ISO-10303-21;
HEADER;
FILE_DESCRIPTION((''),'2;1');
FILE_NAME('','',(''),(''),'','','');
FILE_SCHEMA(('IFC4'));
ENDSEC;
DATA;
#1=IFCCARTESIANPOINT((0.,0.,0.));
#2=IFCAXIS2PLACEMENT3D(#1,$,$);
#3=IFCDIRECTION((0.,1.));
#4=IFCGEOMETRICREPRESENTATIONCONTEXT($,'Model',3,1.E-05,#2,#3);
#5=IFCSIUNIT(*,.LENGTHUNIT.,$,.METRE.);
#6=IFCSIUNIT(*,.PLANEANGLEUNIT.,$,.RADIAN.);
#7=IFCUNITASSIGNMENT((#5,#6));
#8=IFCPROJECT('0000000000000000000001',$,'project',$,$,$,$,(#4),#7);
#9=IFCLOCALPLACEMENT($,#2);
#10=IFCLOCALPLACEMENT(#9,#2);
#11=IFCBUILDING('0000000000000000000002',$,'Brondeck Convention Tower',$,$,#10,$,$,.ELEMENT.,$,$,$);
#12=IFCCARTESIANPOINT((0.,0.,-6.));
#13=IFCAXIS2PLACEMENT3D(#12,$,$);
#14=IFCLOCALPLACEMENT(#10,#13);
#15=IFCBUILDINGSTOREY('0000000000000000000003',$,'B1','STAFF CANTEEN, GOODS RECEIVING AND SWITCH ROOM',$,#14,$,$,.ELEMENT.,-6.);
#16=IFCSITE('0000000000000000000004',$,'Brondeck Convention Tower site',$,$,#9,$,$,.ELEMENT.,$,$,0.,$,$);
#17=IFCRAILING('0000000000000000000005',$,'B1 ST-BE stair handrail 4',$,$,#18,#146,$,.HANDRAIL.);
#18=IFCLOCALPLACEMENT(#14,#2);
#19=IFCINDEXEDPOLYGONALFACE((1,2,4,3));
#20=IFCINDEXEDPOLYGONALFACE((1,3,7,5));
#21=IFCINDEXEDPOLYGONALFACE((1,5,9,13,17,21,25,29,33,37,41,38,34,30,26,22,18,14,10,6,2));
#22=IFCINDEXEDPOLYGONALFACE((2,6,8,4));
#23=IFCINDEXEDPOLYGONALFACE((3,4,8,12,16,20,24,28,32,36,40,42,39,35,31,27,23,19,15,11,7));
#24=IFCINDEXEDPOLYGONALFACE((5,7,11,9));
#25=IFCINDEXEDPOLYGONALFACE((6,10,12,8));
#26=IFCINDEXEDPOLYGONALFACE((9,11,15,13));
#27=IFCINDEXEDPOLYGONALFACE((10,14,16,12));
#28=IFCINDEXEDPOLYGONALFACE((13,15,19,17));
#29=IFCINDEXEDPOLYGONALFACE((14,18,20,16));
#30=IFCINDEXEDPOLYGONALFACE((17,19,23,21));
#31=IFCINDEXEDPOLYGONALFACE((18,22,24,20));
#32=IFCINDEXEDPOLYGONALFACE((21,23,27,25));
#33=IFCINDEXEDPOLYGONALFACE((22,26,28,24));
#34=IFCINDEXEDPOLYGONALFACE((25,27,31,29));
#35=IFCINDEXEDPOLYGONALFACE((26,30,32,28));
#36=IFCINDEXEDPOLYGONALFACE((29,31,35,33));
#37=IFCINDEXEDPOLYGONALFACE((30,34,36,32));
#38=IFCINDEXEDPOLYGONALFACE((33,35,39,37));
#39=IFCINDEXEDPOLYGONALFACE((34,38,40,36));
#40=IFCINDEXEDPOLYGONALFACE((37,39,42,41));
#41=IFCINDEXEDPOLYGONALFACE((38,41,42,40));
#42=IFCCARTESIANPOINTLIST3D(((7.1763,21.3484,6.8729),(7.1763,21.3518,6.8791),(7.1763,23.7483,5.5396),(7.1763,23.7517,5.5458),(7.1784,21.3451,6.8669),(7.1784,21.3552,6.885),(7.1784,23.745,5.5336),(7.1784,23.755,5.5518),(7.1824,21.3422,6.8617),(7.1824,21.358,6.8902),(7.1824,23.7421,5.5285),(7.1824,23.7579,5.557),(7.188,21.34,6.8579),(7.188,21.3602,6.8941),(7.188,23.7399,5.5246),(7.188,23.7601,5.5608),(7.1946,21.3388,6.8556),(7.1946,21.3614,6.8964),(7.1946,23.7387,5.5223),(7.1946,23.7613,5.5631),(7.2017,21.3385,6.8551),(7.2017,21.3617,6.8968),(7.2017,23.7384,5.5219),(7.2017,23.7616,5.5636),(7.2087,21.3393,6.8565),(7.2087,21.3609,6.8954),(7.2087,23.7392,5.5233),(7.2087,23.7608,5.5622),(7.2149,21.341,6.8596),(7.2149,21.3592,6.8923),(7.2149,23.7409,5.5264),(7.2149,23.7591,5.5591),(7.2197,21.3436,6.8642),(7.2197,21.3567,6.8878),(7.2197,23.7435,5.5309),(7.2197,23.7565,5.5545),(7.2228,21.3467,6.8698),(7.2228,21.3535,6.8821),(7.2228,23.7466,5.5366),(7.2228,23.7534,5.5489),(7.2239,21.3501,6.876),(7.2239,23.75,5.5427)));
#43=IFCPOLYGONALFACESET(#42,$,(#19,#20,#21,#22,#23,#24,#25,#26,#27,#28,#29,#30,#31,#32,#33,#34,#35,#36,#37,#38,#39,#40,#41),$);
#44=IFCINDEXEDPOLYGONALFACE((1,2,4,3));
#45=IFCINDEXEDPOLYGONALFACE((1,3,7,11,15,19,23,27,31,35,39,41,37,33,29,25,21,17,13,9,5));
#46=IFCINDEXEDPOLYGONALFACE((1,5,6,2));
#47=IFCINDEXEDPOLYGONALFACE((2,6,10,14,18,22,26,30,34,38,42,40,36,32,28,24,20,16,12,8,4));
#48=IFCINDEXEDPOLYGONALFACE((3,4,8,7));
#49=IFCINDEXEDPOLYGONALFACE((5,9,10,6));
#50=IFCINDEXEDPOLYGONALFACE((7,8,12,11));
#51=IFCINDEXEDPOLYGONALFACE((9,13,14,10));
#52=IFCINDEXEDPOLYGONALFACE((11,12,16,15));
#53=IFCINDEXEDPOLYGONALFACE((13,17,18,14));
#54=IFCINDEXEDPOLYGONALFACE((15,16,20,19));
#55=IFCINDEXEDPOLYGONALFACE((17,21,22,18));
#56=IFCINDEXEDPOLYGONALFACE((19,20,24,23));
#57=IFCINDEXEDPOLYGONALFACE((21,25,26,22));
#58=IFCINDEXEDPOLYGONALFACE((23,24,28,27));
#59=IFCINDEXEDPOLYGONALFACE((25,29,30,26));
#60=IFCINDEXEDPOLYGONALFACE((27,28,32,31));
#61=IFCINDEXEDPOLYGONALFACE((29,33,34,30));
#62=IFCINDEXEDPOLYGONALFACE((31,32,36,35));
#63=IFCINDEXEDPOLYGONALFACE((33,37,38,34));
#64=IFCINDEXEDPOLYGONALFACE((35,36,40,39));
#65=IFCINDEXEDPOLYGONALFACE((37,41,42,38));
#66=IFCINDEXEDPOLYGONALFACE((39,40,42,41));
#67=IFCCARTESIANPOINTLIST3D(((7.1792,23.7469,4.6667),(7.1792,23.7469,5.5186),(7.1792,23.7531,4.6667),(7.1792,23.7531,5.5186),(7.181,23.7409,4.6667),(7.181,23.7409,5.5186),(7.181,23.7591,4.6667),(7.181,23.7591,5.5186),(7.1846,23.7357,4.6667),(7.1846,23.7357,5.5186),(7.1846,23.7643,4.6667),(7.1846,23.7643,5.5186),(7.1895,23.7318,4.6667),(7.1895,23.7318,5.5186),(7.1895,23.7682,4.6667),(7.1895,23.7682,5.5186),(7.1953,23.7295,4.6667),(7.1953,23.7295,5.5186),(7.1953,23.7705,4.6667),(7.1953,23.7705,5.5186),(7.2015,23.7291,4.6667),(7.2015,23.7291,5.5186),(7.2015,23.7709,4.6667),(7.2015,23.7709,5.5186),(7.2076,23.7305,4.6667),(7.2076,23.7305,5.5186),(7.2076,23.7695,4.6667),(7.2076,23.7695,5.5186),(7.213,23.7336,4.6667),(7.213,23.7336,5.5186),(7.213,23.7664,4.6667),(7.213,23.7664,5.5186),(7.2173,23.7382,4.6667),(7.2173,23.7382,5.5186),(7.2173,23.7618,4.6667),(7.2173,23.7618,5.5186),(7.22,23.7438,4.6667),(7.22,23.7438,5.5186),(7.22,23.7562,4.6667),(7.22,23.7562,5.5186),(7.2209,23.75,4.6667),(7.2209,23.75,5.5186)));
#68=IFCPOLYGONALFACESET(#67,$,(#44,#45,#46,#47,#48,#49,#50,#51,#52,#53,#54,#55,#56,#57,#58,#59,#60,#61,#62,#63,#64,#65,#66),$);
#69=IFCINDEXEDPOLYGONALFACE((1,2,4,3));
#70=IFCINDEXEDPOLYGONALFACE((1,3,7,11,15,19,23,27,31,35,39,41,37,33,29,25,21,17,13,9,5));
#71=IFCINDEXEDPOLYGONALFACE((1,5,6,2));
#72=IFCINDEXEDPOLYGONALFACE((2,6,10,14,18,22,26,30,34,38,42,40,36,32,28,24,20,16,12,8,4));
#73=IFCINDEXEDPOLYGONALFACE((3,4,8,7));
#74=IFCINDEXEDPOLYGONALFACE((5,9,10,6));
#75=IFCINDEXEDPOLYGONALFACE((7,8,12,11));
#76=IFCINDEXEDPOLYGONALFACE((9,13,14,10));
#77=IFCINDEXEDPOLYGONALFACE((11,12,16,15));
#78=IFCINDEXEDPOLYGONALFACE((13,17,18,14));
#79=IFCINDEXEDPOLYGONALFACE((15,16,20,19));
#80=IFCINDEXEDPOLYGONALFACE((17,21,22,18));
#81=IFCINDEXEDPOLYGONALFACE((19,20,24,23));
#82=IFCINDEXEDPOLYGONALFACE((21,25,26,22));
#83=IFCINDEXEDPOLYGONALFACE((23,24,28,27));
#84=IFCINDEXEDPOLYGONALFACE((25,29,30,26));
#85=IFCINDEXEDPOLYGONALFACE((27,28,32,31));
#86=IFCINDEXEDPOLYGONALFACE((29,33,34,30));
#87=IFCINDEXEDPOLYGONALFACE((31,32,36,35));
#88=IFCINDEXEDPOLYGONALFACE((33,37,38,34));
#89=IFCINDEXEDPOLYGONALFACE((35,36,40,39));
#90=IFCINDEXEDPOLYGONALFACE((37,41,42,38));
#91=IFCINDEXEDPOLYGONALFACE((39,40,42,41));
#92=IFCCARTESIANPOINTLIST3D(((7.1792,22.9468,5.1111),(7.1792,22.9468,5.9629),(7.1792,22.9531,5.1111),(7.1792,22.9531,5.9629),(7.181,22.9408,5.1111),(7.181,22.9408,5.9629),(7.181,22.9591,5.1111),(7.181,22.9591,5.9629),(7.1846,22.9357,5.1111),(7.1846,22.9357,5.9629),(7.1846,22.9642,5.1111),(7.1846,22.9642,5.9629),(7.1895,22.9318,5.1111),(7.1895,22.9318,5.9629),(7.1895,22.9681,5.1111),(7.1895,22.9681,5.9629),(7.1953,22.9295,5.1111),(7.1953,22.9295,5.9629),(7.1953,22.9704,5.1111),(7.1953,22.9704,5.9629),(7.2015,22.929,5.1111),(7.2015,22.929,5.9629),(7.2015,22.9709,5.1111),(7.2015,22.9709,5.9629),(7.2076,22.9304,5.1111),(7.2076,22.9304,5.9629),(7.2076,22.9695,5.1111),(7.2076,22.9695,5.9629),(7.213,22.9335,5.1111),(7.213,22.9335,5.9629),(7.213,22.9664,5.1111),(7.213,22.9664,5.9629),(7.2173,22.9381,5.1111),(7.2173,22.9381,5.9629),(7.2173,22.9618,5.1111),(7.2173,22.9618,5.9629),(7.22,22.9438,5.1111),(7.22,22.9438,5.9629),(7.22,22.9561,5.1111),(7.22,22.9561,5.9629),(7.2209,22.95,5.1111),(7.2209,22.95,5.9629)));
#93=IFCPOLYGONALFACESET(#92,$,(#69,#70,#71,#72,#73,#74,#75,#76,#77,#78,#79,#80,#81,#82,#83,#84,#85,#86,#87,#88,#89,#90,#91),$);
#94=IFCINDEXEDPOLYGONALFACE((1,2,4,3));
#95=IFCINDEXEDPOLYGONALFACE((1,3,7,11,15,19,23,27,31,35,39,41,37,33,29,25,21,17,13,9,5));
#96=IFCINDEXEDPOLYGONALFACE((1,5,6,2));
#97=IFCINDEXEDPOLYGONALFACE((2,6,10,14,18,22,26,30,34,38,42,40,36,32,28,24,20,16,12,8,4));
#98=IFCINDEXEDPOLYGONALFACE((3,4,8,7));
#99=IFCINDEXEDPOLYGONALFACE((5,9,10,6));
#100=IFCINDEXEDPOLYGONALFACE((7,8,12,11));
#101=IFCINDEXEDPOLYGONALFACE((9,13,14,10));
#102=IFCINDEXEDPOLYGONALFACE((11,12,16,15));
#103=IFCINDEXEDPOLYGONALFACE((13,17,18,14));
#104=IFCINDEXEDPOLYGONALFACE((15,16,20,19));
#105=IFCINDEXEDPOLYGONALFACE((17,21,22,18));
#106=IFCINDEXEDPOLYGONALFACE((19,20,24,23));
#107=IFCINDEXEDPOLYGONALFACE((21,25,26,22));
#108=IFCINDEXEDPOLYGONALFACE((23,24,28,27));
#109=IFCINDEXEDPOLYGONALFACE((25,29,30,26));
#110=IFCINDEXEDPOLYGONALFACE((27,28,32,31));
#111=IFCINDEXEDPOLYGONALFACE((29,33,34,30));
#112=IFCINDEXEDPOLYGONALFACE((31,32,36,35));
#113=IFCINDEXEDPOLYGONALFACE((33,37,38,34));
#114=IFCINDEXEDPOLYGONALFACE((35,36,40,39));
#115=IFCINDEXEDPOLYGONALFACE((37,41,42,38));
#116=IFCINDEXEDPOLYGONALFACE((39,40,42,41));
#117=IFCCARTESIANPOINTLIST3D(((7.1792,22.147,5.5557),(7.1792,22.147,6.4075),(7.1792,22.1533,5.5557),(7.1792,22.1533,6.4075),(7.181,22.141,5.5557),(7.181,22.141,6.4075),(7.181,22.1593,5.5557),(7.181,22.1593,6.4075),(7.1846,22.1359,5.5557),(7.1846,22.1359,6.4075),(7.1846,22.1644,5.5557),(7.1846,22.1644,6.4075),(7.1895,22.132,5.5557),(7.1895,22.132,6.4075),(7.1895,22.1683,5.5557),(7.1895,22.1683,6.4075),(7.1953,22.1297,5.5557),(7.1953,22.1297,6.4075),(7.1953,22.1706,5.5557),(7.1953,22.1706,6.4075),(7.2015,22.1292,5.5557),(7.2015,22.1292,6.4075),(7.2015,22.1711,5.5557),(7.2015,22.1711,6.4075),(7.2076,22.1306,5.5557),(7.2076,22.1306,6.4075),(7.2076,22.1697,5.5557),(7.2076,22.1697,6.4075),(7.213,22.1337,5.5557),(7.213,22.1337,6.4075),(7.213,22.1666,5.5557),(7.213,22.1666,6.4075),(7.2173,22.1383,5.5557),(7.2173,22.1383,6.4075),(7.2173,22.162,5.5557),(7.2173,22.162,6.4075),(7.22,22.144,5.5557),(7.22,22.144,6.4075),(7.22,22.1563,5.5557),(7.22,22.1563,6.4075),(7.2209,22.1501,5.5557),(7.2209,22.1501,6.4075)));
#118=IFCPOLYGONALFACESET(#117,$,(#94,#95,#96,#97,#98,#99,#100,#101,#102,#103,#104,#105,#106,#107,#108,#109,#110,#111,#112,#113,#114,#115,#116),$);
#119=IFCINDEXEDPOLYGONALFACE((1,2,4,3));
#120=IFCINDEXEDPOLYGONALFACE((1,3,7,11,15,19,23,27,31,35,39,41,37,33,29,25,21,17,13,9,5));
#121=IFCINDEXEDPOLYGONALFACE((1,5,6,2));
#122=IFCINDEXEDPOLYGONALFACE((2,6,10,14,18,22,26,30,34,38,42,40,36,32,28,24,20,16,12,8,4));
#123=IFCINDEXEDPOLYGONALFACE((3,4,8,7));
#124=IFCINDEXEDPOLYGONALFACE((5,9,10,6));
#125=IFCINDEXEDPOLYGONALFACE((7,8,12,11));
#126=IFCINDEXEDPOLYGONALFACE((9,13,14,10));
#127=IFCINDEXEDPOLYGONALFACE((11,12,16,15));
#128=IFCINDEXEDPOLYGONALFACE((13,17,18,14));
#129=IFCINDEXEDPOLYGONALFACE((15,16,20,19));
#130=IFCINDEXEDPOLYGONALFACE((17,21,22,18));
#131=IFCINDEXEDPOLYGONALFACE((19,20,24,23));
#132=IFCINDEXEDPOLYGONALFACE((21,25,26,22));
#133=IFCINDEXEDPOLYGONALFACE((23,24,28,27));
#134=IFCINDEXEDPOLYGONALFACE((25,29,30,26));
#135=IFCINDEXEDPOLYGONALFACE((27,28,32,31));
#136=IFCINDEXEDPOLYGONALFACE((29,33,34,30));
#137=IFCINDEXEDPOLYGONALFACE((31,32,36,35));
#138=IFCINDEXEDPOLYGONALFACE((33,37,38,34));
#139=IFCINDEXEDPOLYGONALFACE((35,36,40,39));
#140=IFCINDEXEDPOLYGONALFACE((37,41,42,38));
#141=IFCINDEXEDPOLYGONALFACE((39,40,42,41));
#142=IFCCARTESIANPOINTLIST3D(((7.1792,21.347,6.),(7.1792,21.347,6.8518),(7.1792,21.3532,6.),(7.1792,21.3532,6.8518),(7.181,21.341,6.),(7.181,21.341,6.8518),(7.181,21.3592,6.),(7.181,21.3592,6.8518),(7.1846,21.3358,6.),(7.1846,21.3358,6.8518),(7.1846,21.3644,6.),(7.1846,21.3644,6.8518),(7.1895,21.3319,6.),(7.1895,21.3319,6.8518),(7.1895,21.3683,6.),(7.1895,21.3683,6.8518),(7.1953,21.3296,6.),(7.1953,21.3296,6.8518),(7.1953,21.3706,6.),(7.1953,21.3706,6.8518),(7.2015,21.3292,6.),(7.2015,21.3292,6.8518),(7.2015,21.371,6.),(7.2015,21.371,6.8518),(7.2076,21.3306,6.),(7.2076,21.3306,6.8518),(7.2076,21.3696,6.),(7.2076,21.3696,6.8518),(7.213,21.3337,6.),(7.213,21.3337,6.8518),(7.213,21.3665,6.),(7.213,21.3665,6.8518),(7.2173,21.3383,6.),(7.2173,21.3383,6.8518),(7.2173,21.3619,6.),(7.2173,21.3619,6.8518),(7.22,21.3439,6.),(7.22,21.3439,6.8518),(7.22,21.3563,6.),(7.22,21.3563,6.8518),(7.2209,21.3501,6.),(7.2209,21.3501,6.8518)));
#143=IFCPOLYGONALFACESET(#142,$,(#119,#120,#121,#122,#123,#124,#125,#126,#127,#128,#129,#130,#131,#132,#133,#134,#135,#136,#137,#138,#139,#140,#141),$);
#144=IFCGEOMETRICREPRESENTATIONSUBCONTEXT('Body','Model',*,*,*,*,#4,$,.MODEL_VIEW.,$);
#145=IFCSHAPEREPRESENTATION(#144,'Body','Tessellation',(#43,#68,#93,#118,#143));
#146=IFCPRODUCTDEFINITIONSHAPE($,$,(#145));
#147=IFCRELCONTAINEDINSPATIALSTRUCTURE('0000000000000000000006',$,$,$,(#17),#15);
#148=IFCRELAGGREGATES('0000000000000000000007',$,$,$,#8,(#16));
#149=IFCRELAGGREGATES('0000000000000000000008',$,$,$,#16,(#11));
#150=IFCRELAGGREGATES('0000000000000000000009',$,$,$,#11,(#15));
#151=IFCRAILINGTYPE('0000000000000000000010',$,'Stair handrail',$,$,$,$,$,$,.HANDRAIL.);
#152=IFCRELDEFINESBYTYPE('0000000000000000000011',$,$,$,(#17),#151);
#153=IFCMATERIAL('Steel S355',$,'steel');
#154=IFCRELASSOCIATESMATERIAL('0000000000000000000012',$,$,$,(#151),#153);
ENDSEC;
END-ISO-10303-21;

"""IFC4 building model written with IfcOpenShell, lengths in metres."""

from ifc_helpers import new_model, si_unit, direction, frame, origin, origin_2d, place, context, subcontext, project, spatial, circle, extrude, material, type_object, element, save


model = new_model("IFC4")

# Units and contexts
model_context = context("Model", 3, precision=1e-05, world=origin(), true_north=direction((0.0, 1.0)))
body_context = subcontext(model_context, "Body", "Model", "MODEL_VIEW")
ifc_project = project(units=[si_unit("LENGTHUNIT", "METRE"), si_unit("PLANEANGLEUNIT", "RADIAN")], contexts=[model_context])

# Site, building, storey
site_placement = place(None, origin())
site = spatial("IfcSite", under=ifc_project, at=site_placement, Name="Brondeck Convention Tower site", CompositionType="ELEMENT", RefElevation=0.0)
building_placement = place(site_placement, origin())
building = spatial("IfcBuilding", under=site, at=building_placement, Name="Brondeck Convention Tower", CompositionType="ELEMENT")
storey_placement = place(building_placement, frame((0.0, 0.0, -6.0)))
storey = spatial("IfcBuildingStorey", under=building, at=storey_placement, Name="B1", Description="STAFF CANTEEN, GOODS RECEIVING AND SWITCH ROOM", CompositionType="ELEMENT", Elevation=-6.0)

# Shared definitions
ifc_material_1 = material(Name="Steel S355", Category="steel")

# Railing
railing_type_1 = type_object("IfcRailingType", Name="Stair handrail", PredefinedType="HANDRAIL", material=ifc_material_1)
railing_1_placement = place(storey_placement, frame((7.2, 23.75, 4.6667)))
element("IfcRailing", 1, at=railing_1_placement, inside=storey, type_object=railing_type_1, Name="B1 ST-BE stair handrail 4", PredefinedType="HANDRAIL", context=body_context, shape_type="SweptSolid", body=[
    extrude(circle(Radius=0.0239, at=origin_2d()), frame((0.0, 0.0, 0.876), z_axis=(0.0, -0.874161, 0.485635), x_axis=(1.0, 0.0, 0.0)), (0.0, 0.0, 1.0), 2.7454),
    extrude(circle(Radius=0.021, at=origin_2d()), origin(), (0.0, 0.0, 1.0), 0.8518),
    extrude(circle(Radius=0.021, at=origin_2d()), frame((0.0, -0.8, 0.4443)), (0.0, 0.0, 1.0), 0.8518),
    extrude(circle(Radius=0.021, at=origin_2d()), frame((0.0, -1.5999, 0.8889)), (0.0, 0.0, 1.0), 0.8518),
    extrude(circle(Radius=0.021, at=origin_2d()), frame((0.0, -2.3999, 1.3333)), (0.0, 0.0, 1.0), 0.8518),
])

save(model, "model.ifc")
